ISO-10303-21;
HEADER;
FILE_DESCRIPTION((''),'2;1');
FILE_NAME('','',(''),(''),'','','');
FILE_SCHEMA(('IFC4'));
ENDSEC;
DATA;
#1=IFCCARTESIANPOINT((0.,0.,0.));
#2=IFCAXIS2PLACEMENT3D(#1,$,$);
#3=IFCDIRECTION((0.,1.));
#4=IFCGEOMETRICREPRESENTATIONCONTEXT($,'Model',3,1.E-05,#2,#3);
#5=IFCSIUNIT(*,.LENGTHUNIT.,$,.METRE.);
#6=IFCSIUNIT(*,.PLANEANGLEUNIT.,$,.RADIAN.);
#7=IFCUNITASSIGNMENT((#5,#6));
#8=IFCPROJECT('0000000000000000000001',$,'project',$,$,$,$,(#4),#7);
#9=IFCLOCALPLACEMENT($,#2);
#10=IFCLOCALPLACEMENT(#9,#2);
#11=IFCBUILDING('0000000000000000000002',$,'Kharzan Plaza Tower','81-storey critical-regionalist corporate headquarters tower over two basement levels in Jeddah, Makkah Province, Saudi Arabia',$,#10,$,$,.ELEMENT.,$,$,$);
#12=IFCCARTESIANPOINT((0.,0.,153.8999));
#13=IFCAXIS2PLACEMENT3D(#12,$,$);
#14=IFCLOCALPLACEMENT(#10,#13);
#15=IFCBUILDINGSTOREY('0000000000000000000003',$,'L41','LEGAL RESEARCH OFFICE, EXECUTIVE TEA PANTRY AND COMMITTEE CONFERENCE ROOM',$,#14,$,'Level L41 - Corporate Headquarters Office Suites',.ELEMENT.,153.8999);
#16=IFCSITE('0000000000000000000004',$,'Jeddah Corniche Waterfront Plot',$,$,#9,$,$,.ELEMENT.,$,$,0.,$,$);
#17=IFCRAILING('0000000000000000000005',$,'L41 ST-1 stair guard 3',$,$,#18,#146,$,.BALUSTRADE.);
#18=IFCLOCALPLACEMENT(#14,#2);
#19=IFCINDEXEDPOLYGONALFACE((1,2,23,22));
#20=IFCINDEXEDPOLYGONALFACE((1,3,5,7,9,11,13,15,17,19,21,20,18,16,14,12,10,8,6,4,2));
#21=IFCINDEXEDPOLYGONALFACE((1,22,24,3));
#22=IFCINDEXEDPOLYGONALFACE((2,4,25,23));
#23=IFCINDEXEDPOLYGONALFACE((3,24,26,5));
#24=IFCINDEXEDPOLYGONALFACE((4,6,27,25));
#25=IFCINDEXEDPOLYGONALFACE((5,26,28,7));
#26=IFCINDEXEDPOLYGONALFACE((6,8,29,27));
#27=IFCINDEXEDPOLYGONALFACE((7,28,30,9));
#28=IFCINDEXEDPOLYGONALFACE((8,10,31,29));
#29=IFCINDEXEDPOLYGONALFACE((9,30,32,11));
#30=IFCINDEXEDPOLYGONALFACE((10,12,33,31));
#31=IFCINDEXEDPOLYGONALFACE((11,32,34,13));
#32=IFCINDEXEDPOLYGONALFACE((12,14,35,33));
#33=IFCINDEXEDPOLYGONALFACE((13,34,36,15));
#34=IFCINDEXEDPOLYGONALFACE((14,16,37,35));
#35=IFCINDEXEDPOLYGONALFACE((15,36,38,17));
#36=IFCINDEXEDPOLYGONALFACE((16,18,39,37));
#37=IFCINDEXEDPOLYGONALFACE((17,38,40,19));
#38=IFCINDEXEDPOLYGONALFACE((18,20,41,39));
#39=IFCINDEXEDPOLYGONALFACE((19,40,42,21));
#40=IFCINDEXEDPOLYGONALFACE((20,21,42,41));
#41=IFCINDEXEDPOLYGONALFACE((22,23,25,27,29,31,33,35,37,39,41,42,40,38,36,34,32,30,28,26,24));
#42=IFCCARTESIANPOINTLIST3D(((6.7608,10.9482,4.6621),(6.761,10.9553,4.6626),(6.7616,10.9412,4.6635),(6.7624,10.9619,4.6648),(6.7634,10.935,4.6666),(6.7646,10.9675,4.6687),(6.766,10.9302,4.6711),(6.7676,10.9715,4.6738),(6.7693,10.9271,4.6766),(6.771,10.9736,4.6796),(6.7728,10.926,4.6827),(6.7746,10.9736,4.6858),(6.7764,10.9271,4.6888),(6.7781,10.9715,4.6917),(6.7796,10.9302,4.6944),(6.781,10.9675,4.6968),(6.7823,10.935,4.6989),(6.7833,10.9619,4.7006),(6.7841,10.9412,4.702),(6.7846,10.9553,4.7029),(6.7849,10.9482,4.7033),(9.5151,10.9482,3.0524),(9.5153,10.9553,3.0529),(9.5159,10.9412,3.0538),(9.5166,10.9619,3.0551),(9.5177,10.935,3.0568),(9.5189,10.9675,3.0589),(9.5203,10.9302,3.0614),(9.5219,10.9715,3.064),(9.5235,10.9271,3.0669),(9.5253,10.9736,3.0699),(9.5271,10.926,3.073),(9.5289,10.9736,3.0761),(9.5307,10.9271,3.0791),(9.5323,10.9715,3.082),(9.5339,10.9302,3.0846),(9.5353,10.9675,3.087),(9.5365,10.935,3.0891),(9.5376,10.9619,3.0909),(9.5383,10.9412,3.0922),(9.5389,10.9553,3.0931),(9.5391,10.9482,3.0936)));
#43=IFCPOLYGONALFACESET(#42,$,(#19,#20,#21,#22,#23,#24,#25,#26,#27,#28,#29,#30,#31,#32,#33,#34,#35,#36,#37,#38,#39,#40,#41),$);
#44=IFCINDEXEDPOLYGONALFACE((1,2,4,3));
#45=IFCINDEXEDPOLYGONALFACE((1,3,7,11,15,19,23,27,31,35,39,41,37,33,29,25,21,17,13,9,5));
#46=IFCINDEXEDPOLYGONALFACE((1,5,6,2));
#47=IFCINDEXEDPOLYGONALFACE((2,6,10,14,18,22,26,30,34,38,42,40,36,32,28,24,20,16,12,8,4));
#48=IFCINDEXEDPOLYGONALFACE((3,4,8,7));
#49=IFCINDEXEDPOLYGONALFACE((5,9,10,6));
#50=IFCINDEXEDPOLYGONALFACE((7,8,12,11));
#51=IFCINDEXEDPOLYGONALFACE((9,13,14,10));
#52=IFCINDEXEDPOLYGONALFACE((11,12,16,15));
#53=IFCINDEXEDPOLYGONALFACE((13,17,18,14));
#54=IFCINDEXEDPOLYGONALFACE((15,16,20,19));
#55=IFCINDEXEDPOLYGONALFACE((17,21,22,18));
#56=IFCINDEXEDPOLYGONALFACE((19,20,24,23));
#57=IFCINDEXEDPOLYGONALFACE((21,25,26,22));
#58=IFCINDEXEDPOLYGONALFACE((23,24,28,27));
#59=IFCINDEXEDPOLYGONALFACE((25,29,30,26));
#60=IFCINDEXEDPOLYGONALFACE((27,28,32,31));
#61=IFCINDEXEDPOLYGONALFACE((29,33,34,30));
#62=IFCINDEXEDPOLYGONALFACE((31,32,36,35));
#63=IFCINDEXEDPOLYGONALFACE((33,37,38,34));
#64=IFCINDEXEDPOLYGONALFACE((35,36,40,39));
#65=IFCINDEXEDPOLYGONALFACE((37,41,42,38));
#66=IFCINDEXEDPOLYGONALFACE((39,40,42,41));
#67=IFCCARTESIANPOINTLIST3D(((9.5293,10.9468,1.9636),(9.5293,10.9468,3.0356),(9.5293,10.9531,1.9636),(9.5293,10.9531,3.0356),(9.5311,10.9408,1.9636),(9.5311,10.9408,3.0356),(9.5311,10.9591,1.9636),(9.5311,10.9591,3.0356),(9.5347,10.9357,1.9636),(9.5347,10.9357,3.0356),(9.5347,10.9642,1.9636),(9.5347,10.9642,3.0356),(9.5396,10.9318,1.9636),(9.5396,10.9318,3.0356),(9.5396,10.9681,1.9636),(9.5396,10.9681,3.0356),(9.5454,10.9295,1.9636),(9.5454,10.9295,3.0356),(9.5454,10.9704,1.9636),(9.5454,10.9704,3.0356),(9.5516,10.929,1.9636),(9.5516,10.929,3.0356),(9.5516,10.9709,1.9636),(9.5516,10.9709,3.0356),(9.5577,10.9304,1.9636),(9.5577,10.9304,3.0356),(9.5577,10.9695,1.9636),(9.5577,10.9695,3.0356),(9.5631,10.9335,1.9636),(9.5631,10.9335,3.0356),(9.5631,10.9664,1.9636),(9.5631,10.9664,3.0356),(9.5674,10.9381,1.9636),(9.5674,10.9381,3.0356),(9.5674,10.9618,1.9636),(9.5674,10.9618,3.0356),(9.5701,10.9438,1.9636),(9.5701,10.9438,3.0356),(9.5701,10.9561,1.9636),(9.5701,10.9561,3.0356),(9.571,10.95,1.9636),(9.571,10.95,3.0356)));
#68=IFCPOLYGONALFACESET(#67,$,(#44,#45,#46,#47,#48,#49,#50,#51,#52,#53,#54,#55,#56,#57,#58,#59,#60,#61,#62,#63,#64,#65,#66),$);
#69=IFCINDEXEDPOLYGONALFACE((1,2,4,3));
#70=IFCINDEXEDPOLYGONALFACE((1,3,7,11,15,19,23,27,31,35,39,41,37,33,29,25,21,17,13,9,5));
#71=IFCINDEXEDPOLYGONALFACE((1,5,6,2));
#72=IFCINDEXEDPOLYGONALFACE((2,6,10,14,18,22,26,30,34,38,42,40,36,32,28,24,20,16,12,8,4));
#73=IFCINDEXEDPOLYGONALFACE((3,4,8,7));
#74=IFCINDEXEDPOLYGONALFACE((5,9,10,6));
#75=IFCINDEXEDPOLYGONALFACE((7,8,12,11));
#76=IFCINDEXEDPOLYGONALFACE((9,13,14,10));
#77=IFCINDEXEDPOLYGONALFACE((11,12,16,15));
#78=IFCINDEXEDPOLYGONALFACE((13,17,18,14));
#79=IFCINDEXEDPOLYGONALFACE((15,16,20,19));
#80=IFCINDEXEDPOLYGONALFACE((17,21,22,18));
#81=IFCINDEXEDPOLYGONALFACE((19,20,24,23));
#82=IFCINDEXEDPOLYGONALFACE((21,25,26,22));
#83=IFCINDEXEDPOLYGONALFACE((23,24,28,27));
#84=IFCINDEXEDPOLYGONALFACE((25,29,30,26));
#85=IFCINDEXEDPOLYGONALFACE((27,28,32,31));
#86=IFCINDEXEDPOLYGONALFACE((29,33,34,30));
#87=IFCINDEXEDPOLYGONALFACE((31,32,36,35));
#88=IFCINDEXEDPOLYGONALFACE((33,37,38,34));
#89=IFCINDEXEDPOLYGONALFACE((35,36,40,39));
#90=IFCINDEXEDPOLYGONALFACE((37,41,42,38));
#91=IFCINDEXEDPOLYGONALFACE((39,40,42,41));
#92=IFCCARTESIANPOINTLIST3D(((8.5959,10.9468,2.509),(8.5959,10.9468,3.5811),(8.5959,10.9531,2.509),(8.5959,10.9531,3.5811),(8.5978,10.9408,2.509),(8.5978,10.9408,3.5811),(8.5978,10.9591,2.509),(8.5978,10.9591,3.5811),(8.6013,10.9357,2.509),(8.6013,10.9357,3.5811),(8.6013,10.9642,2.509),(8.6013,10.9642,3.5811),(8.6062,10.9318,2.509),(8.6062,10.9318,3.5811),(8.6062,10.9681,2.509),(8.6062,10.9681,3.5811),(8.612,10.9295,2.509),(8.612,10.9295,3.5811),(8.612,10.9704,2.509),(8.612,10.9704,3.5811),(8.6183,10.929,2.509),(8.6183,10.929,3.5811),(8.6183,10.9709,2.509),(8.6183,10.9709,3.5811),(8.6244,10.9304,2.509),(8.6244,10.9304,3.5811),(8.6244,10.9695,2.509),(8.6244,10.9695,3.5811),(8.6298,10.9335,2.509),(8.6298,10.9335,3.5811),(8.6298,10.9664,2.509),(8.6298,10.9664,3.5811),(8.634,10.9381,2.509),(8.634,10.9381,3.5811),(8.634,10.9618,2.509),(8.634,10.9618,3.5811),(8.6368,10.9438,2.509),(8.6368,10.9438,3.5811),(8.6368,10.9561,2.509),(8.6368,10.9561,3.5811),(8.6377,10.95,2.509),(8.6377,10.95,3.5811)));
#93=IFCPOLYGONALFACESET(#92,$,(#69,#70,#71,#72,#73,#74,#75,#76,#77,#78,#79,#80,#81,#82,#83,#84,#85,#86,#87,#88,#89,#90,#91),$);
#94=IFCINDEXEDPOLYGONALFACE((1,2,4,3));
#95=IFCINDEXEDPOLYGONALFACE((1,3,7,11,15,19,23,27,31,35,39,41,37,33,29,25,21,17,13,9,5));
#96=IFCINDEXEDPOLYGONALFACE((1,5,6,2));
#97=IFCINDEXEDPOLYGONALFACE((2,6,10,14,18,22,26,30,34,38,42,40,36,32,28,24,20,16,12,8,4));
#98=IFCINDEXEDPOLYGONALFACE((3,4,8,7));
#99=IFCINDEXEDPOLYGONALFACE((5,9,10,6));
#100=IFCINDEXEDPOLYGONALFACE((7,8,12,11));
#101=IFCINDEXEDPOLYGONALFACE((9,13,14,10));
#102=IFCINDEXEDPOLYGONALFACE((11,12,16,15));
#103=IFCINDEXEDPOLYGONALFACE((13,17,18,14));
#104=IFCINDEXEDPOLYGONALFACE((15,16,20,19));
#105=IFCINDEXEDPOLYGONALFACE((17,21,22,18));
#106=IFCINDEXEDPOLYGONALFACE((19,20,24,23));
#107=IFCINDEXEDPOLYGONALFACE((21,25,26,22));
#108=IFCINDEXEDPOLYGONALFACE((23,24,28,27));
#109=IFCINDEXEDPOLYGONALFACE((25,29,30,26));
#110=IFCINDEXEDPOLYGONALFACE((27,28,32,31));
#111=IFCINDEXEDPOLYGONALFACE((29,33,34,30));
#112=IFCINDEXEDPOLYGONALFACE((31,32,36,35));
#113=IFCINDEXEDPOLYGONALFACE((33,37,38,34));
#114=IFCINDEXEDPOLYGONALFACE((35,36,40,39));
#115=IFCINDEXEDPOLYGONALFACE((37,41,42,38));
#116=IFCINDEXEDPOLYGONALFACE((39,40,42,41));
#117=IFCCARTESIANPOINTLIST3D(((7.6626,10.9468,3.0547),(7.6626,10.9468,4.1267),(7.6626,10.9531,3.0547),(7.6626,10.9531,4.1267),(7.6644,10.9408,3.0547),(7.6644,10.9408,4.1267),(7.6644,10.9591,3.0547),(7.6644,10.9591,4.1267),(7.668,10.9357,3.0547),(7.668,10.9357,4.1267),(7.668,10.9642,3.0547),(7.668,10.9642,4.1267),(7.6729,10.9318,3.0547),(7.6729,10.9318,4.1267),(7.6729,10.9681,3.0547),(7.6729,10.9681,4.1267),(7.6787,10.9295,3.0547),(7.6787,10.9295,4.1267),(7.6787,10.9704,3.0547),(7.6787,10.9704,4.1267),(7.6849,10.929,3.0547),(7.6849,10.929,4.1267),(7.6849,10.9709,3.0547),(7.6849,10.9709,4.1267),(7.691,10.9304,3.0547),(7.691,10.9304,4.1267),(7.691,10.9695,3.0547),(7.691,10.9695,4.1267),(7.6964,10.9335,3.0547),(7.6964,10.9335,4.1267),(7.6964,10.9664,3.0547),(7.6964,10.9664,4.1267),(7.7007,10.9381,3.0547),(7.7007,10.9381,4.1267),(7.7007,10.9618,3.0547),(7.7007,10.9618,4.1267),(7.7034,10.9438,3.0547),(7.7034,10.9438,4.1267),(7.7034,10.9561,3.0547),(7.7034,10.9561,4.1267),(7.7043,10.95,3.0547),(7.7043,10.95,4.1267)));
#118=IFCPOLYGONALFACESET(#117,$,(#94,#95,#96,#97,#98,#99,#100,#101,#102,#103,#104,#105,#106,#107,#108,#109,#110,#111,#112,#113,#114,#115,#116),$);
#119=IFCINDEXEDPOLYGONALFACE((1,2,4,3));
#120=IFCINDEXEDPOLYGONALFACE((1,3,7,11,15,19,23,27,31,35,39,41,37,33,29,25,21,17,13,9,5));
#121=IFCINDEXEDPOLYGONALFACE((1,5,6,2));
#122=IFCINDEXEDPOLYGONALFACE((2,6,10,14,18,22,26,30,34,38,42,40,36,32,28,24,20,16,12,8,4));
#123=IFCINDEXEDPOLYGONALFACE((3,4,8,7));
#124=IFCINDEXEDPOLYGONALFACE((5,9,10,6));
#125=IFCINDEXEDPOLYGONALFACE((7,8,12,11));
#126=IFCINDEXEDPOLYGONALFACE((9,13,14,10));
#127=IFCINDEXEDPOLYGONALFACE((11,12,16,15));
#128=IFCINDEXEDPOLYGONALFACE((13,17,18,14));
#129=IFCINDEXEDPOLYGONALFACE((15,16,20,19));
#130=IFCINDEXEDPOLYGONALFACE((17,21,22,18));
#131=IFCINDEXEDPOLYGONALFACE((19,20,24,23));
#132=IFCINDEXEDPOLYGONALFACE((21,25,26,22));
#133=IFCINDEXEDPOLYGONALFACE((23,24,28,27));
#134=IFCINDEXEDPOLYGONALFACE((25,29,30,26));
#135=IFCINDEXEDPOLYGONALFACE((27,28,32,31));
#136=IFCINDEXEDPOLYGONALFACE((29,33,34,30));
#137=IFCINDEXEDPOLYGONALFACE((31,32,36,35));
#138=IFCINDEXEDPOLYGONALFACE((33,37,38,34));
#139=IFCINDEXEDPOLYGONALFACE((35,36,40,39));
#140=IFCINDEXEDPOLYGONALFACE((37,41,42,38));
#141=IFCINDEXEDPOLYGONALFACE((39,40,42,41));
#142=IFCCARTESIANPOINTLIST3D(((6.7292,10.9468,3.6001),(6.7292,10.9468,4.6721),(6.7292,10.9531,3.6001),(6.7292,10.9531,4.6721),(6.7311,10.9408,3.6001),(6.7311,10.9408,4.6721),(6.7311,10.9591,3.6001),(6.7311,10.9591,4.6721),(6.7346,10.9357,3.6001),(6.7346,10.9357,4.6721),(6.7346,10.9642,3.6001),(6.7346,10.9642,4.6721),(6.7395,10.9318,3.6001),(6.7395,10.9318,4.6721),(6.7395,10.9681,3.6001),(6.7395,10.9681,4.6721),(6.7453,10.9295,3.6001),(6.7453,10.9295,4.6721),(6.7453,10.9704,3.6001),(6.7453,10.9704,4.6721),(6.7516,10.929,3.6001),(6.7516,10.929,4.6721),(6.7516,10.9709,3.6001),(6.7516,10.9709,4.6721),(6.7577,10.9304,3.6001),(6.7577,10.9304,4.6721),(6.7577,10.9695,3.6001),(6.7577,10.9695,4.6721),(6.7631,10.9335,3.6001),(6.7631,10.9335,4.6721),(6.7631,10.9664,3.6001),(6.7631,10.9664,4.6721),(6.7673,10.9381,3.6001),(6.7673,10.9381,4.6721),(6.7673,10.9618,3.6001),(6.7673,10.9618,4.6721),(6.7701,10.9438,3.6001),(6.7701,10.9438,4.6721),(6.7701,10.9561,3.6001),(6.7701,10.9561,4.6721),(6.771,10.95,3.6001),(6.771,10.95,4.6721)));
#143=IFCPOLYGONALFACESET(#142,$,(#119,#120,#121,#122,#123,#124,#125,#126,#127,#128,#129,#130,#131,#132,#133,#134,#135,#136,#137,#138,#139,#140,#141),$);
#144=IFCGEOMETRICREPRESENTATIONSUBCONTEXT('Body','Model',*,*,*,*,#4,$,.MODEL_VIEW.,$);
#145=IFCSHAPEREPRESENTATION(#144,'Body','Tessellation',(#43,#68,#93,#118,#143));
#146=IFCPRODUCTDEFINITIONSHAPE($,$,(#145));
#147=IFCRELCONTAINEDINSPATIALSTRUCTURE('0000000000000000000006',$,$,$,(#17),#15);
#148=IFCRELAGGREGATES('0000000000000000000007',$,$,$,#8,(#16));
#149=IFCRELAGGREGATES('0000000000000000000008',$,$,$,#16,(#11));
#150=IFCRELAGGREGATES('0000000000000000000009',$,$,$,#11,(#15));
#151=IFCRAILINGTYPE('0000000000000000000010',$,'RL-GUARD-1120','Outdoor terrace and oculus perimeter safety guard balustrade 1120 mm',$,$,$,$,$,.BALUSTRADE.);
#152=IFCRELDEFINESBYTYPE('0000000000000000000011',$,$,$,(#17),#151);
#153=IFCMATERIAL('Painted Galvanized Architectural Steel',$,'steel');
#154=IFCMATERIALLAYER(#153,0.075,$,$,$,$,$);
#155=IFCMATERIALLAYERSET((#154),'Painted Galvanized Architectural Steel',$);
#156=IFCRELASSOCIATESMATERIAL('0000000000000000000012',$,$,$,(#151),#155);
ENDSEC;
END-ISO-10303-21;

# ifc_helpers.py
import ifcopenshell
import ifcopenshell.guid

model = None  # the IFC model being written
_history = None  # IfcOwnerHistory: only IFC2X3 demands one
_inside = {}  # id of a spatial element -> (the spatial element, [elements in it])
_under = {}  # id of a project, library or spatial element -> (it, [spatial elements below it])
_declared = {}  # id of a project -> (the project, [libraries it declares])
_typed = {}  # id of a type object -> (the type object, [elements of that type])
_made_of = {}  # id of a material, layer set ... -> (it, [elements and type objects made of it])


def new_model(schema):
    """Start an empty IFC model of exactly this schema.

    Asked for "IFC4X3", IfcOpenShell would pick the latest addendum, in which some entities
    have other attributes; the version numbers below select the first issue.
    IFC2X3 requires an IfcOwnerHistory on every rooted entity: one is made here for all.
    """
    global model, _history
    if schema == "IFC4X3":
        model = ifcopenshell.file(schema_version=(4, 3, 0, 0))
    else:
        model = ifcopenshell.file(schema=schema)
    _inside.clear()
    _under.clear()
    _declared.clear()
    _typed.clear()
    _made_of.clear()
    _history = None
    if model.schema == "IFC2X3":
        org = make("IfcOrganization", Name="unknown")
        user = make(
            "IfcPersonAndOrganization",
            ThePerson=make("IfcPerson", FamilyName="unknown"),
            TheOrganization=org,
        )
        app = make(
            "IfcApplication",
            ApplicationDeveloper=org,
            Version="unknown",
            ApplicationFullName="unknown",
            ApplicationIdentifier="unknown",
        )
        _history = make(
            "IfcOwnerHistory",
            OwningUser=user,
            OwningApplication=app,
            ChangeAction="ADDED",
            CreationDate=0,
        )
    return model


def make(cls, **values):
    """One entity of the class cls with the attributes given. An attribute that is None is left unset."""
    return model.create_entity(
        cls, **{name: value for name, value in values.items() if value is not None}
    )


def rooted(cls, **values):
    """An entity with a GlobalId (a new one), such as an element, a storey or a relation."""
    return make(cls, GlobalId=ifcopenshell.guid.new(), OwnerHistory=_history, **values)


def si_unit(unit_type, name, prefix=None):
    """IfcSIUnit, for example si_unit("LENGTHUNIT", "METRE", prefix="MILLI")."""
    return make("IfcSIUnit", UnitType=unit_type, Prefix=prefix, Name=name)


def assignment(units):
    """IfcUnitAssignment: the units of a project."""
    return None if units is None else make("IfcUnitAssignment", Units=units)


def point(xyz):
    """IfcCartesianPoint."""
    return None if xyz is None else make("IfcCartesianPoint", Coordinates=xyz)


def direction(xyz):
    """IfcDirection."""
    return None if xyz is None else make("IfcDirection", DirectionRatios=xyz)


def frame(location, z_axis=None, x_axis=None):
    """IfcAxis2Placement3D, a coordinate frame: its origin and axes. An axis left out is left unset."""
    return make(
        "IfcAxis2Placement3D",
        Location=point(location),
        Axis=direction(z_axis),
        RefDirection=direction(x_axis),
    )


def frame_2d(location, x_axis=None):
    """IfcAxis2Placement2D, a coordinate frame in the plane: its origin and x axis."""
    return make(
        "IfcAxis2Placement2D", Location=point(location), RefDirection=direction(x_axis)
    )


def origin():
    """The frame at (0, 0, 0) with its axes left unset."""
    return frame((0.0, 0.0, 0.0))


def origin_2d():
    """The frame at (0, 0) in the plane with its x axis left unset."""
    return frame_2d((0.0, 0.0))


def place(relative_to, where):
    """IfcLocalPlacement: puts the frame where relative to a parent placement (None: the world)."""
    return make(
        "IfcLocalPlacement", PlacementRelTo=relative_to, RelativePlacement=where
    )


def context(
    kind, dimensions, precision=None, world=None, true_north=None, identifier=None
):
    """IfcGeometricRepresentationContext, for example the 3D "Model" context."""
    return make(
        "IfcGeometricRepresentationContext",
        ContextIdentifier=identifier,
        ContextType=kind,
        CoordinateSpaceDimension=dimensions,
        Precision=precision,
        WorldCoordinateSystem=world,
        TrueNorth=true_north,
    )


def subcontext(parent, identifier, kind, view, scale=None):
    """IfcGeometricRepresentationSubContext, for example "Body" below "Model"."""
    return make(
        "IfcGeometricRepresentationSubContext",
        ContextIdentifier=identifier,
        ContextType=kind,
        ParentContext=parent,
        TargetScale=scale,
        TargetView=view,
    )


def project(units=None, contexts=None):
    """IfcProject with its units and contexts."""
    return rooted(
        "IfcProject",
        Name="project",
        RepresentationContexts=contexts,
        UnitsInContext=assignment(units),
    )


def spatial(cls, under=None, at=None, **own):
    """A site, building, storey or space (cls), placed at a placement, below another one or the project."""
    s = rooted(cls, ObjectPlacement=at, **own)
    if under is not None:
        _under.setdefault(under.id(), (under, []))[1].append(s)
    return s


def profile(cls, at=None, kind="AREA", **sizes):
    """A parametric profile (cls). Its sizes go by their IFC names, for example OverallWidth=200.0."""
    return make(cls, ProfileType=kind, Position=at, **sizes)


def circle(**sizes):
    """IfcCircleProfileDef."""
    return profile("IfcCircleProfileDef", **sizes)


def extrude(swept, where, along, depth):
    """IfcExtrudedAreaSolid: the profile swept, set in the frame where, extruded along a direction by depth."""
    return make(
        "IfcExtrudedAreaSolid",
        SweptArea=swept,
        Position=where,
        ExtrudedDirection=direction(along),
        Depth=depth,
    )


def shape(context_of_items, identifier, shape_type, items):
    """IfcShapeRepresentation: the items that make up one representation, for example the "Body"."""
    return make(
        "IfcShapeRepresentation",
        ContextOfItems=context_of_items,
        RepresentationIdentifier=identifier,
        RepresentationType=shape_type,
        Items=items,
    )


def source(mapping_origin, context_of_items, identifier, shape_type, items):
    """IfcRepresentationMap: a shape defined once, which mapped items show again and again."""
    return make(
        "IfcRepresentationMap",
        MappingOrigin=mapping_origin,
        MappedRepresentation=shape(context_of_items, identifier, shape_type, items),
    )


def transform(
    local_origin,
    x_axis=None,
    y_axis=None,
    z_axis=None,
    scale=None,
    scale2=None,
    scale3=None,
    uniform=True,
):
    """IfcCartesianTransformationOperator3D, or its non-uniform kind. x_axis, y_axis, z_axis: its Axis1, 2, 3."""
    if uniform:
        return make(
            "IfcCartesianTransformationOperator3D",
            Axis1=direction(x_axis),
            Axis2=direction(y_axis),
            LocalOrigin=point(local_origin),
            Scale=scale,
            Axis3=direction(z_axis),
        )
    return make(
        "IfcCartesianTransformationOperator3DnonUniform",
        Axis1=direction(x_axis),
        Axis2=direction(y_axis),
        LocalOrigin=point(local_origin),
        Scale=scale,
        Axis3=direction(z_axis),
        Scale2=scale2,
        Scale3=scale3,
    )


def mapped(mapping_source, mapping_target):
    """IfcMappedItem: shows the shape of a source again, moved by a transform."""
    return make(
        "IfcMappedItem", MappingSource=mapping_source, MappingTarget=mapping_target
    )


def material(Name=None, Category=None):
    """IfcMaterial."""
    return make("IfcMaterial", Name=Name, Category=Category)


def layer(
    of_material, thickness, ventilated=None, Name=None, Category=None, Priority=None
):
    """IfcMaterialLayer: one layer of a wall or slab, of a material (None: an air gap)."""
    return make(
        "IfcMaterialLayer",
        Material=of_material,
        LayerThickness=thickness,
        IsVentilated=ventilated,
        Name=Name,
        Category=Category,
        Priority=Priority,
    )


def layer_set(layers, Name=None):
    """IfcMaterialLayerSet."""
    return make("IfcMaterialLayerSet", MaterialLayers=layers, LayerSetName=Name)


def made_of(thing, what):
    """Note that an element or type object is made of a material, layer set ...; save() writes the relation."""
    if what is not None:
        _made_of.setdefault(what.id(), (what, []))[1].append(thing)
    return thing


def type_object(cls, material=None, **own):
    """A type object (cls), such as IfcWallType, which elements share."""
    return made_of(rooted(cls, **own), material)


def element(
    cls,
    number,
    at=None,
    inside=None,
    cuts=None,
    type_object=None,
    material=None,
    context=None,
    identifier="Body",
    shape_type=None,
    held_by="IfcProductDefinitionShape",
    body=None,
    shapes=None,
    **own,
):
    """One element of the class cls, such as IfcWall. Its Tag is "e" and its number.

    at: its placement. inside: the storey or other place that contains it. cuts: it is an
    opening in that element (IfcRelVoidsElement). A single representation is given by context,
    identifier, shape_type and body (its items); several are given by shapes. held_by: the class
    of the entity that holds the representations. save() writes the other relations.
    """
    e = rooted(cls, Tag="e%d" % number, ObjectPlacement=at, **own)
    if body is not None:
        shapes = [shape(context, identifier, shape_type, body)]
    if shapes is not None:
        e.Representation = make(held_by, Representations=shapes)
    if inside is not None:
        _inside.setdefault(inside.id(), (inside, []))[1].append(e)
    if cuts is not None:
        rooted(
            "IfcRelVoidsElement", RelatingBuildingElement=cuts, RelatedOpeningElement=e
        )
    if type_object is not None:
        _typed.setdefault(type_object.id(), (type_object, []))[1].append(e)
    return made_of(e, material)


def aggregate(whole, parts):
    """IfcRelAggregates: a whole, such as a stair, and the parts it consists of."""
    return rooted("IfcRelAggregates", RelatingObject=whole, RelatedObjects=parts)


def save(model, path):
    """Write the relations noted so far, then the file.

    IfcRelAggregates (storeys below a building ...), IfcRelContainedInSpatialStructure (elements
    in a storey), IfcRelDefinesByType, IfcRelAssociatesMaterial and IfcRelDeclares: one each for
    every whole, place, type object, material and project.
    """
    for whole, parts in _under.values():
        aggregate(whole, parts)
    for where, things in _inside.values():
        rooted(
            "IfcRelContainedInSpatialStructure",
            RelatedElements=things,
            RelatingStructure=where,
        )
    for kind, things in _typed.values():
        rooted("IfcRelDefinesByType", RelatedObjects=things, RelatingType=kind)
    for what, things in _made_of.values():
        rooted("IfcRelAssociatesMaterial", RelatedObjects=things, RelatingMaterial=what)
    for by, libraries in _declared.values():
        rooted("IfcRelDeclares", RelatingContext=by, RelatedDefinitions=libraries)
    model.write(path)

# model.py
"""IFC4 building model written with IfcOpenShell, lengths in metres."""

from ifc_helpers import new_model, si_unit, direction, frame, origin, origin_2d, place, context, subcontext, project, spatial, circle, extrude, source, transform, mapped, material, layer, layer_set, type_object, element, save


model = new_model("IFC4")

# Units and contexts
model_context = context("Model", 3, precision=1e-05, world=origin(), true_north=direction((0.0, 1.0)))
body_context = subcontext(model_context, "Body", "Model", "MODEL_VIEW")
ifc_project = project(units=[si_unit("LENGTHUNIT", "METRE"), si_unit("PLANEANGLEUNIT", "RADIAN")], contexts=[model_context])

# Site, building, storey
site_placement = place(None, origin())
site = spatial("IfcSite", under=ifc_project, at=site_placement, Name="Jeddah Corniche Waterfront Plot", CompositionType="ELEMENT", RefElevation=0.0)
building_placement = place(site_placement, origin())
building = spatial("IfcBuilding", under=site, at=building_placement, Name="Kharzan Plaza Tower", Description="81-storey critical-regionalist corporate headquarters tower over two basement levels in Jeddah, Makkah Province, Saudi Arabia", CompositionType="ELEMENT")
storey_placement = place(building_placement, frame((0.0, 0.0, 153.8999)))
storey = spatial("IfcBuildingStorey", under=building, at=storey_placement, Name="L41", Description="LEGAL RESEARCH OFFICE, EXECUTIVE TEA PANTRY AND COMMITTEE CONFERENCE ROOM", LongName="Level L41 - Corporate Headquarters Office Suites", CompositionType="ELEMENT", Elevation=153.8999)

# Railing
ifc_material_1 = material(Name="Painted Galvanized Architectural Steel", Category="steel")
ifc_layer_1 = layer(ifc_material_1, 0.075)
ifc_layer_set_1 = layer_set([ifc_layer_1], Name="Painted Galvanized Architectural Steel")
railing_type = type_object("IfcRailingType", Name="RL-GUARD-1120", Description="Outdoor terrace and oculus perimeter safety guard balustrade 1120 mm", PredefinedType="BALUSTRADE", material=ifc_layer_set_1)
shared_shape_1 = source(origin(), body_context, "Body", "SweptSolid", [
    extrude(circle(Radius=0.0239, at=origin_2d()), frame((-0.0229, 0.0, 1.1094), z_axis=(-0.863361, 0.0, 0.504587), x_axis=(0.0, -1.0, 0.0)), (0.0, 0.0, 1.0), 3.1902),
    extrude(circle(Radius=0.021, at=origin_2d()), origin(), (0.0, 0.0, 1.0), 1.072),
    extrude(circle(Radius=0.021, at=origin_2d()), frame((-0.9333, 0.0, 0.5454)), (0.0, 0.0, 1.0), 1.072),
    extrude(circle(Radius=0.021, at=origin_2d()), frame((-1.8667, 0.0, 1.0911)), (0.0, 0.0, 1.0), 1.072),
    extrude(circle(Radius=0.021, at=origin_2d()), frame((-2.8, 0.0, 1.6365)), (0.0, 0.0, 1.0), 1.072),
])
railing_1_placement = place(storey_placement, frame((9.55, 10.95, 1.9636)))
element("IfcRailing", 1, at=railing_1_placement, inside=storey, type_object=railing_type, Name="L41 ST-1 stair guard 3", PredefinedType="BALUSTRADE", context=body_context, shape_type="MappedRepresentation", body=[
    mapped(shared_shape_1, transform((0.0, 0.0, 0.0), x_axis=(1.0, 0.0, 0.0), y_axis=(0.0, 1.0, 0.0), z_axis=(0.0, 0.0, 1.0))),
])

save(model, "model.ifc")
